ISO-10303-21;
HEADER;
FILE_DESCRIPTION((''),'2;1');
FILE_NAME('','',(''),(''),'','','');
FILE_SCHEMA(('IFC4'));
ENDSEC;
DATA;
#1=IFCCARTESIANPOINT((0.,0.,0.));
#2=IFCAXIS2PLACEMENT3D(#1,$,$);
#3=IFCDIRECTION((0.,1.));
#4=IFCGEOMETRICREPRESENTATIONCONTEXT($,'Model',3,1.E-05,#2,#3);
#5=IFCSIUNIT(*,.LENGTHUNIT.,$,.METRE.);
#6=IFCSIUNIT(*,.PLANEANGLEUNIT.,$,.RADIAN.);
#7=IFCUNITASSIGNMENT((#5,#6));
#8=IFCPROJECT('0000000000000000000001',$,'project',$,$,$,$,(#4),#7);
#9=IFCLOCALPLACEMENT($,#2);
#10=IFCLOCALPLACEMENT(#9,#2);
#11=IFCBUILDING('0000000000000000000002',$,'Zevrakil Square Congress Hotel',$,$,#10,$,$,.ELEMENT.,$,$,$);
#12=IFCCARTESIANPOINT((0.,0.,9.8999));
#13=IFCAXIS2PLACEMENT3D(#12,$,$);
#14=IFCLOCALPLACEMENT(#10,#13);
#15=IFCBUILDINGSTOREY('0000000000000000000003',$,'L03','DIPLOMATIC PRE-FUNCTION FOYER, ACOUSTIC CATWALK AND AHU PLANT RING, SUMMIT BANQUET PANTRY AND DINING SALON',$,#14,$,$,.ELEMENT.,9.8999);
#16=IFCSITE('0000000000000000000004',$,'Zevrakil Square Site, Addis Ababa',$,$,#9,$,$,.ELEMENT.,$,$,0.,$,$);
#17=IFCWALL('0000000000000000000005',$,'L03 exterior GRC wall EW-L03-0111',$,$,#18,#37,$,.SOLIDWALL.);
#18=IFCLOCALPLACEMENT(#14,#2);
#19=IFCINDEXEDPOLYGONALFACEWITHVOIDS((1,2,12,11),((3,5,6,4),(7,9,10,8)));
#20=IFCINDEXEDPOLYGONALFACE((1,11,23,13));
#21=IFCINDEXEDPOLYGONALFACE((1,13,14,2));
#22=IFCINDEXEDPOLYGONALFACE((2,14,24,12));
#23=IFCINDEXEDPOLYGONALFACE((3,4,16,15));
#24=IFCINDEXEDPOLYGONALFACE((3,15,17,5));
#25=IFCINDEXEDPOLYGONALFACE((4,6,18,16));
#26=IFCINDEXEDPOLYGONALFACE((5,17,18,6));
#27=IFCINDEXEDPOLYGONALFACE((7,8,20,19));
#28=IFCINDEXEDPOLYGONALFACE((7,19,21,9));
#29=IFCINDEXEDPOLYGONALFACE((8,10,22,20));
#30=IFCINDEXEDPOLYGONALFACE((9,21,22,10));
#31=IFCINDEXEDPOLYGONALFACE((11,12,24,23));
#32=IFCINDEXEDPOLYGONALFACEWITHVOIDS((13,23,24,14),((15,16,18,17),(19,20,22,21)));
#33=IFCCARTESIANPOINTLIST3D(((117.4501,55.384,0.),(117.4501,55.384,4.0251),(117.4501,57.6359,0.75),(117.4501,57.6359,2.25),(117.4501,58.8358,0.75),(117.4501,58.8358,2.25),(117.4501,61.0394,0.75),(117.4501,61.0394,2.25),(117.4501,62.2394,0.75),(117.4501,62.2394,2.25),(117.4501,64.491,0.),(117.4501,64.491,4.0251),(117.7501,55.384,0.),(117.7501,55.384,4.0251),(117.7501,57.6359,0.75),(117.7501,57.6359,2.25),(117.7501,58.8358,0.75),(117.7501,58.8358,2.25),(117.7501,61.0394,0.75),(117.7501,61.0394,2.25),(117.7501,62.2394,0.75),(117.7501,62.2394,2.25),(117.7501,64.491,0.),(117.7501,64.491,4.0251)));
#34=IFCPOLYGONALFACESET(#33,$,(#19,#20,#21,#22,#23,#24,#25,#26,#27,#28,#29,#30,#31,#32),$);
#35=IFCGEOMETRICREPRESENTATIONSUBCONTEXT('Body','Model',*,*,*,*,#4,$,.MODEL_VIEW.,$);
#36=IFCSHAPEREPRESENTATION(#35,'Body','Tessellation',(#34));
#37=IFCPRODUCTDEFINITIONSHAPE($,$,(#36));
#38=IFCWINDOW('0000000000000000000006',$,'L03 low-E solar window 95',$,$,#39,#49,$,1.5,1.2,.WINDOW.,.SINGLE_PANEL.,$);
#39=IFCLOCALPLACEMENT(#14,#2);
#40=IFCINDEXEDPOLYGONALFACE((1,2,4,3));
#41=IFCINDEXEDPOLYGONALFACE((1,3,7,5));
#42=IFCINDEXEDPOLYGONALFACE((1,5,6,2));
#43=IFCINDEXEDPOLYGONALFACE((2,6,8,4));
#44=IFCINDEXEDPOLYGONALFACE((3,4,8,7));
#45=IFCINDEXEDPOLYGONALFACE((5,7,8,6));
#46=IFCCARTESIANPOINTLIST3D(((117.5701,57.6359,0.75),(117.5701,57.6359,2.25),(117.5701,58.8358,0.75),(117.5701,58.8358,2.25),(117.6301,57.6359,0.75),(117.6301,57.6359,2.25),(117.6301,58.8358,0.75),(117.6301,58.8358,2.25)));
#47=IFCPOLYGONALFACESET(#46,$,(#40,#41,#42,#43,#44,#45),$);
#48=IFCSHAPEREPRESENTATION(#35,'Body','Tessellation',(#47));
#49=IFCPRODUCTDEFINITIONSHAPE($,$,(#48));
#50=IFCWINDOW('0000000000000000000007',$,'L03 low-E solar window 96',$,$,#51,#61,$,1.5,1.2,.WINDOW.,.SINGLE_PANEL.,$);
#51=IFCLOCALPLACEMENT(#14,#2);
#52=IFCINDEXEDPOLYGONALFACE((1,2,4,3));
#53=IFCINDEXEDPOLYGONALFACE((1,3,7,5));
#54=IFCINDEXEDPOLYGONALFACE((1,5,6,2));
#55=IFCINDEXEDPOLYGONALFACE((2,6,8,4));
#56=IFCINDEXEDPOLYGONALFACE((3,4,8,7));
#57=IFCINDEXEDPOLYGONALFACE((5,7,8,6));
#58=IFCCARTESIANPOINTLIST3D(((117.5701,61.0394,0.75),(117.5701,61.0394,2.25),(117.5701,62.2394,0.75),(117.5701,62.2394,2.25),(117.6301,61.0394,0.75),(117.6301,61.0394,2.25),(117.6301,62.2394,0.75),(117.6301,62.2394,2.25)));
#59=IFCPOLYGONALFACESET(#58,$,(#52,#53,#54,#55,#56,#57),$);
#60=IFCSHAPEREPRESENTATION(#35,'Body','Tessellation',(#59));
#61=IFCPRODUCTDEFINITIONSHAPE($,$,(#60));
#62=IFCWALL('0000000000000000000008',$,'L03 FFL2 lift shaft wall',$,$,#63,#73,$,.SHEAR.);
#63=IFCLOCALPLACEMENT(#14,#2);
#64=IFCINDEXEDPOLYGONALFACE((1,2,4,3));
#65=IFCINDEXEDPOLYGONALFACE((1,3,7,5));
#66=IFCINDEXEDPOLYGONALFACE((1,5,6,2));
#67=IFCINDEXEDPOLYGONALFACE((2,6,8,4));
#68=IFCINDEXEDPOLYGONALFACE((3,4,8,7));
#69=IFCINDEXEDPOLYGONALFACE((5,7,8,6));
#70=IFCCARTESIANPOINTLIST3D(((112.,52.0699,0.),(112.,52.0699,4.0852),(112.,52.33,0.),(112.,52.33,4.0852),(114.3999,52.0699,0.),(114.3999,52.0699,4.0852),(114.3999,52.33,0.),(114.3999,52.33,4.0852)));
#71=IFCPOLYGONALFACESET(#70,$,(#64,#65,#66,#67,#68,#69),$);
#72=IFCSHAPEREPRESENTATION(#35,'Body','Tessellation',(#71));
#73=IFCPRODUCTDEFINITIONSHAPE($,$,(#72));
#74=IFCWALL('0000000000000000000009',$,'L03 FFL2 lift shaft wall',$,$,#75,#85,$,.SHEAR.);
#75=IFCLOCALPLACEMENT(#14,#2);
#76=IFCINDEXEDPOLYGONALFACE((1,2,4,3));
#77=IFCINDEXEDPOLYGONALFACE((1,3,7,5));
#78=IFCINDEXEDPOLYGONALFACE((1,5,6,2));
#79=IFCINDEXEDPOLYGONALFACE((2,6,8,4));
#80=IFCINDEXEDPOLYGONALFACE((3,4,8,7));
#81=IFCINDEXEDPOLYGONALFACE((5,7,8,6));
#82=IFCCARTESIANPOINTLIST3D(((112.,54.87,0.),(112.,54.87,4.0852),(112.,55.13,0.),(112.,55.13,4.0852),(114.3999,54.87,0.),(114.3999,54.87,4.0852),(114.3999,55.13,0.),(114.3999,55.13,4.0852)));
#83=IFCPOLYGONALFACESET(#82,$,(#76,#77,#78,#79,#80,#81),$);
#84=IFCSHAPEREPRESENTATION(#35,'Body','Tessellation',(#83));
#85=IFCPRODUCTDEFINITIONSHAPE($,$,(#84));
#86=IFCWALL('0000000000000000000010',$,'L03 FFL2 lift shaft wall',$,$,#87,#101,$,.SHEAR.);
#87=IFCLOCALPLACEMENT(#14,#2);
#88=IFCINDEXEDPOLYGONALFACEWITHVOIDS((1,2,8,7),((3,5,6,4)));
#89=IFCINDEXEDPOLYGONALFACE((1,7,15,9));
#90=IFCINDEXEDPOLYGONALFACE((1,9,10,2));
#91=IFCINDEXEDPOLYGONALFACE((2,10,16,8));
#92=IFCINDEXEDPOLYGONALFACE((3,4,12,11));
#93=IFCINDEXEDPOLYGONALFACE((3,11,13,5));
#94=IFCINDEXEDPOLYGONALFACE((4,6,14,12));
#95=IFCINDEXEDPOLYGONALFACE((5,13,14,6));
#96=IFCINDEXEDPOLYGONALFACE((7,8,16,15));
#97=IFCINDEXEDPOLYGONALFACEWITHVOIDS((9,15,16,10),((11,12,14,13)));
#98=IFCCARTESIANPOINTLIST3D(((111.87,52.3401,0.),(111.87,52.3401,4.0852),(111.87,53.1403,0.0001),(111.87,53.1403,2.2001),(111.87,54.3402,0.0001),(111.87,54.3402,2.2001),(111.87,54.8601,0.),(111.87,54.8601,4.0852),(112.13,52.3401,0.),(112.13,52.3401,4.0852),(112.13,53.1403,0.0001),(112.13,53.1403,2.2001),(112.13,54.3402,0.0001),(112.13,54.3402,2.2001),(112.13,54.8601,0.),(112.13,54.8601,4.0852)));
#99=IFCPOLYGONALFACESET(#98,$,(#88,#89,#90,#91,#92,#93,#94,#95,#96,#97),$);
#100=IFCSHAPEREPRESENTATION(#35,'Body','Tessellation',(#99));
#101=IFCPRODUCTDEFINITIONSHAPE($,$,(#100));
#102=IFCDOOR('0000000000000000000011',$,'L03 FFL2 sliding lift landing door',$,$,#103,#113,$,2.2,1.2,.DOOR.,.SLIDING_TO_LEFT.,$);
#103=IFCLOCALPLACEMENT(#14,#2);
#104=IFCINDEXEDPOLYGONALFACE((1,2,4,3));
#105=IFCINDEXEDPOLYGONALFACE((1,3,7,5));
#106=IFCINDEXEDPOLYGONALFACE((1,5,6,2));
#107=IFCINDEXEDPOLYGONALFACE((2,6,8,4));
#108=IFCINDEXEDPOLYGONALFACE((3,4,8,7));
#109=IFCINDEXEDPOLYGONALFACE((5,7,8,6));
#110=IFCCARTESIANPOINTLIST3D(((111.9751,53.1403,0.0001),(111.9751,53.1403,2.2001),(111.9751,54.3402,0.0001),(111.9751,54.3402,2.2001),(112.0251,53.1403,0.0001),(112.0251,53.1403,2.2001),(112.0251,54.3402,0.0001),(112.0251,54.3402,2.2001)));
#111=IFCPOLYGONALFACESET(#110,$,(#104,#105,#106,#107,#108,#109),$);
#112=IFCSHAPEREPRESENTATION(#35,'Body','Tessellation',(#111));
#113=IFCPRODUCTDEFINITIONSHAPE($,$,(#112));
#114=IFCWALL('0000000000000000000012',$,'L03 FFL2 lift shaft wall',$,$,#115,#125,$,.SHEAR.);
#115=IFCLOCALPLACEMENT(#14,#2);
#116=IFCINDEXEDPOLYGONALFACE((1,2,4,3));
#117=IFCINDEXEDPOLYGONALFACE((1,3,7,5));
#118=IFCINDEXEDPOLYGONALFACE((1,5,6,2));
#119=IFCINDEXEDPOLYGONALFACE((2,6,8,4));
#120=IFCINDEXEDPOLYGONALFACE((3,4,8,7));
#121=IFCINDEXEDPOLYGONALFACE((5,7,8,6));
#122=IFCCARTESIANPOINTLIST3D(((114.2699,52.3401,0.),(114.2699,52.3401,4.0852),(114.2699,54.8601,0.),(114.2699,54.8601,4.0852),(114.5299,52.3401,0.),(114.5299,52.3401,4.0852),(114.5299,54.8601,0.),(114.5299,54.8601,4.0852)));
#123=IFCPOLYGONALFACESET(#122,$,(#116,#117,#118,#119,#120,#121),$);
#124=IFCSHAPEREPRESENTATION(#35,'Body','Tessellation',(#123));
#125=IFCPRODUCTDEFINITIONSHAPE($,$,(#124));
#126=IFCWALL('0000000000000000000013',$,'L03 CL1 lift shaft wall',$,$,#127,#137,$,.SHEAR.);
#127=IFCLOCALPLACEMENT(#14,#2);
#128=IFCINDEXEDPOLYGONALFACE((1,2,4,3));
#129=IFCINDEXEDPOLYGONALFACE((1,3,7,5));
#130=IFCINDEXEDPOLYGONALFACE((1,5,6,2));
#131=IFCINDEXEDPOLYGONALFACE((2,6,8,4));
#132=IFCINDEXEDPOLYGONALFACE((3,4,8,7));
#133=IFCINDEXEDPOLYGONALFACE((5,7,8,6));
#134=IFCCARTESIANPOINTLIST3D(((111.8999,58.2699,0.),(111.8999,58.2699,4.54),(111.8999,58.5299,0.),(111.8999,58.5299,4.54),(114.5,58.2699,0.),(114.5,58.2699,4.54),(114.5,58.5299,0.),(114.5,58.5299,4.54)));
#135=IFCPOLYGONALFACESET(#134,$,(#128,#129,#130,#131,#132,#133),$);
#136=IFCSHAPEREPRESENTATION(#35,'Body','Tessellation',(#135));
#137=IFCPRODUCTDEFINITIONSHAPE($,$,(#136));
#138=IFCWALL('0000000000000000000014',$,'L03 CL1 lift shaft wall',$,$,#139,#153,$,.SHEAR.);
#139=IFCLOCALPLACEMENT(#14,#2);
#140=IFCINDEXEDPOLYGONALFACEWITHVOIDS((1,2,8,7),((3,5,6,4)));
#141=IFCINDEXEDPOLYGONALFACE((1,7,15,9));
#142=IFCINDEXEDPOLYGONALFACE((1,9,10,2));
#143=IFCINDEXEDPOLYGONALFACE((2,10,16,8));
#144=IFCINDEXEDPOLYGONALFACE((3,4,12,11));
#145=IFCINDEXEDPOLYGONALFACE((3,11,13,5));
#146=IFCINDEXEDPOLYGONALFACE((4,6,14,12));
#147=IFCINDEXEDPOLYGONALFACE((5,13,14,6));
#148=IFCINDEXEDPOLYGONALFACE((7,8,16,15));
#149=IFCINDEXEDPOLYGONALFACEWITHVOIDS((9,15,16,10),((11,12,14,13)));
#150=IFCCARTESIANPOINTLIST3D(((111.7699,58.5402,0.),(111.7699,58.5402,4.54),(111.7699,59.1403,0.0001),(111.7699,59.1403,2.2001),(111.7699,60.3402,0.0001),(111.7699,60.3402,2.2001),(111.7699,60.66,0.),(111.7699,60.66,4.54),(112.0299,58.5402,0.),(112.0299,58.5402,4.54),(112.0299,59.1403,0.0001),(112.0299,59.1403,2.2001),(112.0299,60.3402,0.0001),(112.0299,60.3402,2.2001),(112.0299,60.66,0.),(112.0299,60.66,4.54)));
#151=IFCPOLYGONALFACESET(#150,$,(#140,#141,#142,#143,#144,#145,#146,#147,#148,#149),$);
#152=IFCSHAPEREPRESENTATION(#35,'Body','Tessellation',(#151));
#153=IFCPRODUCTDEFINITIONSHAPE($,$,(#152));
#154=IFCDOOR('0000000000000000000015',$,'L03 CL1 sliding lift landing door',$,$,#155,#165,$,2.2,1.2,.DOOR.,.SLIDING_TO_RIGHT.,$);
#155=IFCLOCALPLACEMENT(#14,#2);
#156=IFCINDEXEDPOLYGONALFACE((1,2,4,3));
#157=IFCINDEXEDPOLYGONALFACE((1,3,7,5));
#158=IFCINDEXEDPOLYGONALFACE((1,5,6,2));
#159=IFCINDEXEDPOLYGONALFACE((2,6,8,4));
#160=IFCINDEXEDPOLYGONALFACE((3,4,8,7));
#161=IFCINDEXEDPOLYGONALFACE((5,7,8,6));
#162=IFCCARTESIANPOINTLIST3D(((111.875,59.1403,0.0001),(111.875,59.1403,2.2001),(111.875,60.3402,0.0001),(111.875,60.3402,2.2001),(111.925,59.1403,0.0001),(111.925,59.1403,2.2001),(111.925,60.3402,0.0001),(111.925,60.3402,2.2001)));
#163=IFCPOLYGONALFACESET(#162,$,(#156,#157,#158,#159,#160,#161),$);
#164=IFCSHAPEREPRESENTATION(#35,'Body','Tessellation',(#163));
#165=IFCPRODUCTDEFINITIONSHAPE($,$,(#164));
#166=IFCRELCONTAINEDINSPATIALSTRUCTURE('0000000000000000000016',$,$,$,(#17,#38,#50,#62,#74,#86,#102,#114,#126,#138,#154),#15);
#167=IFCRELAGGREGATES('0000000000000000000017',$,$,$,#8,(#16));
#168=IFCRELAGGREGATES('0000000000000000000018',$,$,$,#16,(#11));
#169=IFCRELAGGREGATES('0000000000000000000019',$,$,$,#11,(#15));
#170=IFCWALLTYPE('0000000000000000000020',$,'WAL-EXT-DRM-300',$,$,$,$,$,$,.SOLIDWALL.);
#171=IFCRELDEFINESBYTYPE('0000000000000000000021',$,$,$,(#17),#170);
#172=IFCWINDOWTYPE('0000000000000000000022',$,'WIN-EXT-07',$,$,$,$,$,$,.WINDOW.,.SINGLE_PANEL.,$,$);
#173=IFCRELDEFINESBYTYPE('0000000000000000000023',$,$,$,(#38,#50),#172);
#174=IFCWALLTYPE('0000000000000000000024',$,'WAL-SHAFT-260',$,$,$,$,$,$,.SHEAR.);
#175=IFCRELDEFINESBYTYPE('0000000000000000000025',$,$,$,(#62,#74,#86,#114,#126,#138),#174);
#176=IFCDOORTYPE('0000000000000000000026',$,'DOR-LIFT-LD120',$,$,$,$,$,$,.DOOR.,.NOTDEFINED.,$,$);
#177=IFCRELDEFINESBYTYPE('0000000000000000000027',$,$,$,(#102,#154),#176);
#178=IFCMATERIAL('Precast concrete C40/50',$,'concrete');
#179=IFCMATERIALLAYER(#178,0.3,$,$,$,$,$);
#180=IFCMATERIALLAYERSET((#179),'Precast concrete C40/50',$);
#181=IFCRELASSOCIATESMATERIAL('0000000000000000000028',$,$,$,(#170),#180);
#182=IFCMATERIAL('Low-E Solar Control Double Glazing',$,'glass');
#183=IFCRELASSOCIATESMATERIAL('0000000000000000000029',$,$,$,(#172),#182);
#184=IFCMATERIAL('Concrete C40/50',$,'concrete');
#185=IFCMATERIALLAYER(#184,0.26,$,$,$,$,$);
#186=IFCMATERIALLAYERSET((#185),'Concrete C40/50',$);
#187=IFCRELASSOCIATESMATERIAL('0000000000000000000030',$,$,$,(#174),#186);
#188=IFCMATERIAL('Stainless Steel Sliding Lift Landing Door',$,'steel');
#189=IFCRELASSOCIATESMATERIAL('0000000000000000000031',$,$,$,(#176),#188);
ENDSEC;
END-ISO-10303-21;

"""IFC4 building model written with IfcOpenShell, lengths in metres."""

from ifc_helpers import new_model, si_unit, direction, frame, frame_2d, origin, place, context, subcontext, project, spatial, rectangle, extrude, material, layer, layer_set, type_object, element, fill, save


model = new_model("IFC4")

# Units and contexts
model_context = context("Model", 3, precision=1e-05, world=origin(), true_north=direction((0.0, 1.0)))
body_context = subcontext(model_context, "Body", "Model", "MODEL_VIEW")
ifc_project = project(units=[si_unit("LENGTHUNIT", "METRE"), si_unit("PLANEANGLEUNIT", "RADIAN")], contexts=[model_context])

# Site, building, storey
site_placement = place(None, origin())
site = spatial("IfcSite", under=ifc_project, at=site_placement, Name="Zevrakil Square Site, Addis Ababa", CompositionType="ELEMENT", RefElevation=0.0)
building_placement = place(site_placement, origin())
building = spatial("IfcBuilding", under=site, at=building_placement, Name="Zevrakil Square Congress Hotel", CompositionType="ELEMENT")
storey_placement = place(building_placement, frame((0.0, 0.0, 9.8999)))
storey = spatial("IfcBuildingStorey", under=building, at=storey_placement, Name="L03", Description="DIPLOMATIC PRE-FUNCTION FOYER, ACOUSTIC CATWALK AND AHU PLANT RING, SUMMIT BANQUET PANTRY AND DINING SALON", CompositionType="ELEMENT", Elevation=9.8999)

# Wall, openings, windows
ifc_material_1 = material(Name="Precast concrete C40/50", Category="concrete")
ifc_layer_1 = layer(ifc_material_1, 0.3)
ifc_layer_set_1 = layer_set([ifc_layer_1], Name="Precast concrete C40/50")
wall_type_1 = type_object("IfcWallType", Name="WAL-EXT-DRM-300", PredefinedType="SOLIDWALL", material=ifc_layer_set_1)
wall_1_placement = place(storey_placement, frame((117.6001, 55.384, 0.0), z_axis=(0.0, 0.0, 1.0), x_axis=(0.0, 1.0, 0.0)))
wall_1 = element("IfcWall", 1, at=wall_1_placement, inside=storey, type_object=wall_type_1, Name="L03 exterior GRC wall EW-L03-0111", PredefinedType="SOLIDWALL", context=body_context, shape_type="SweptSolid", body=[
    extrude(rectangle(XDim=9.1069, YDim=0.3, at=frame_2d((4.5535, 0.0))), origin(), (0.0, 0.0, 1.0), 4.0251),
])
opening_1_placement = place(wall_1_placement, frame((2.2517, 0.0, 0.75)))
opening_1 = element("IfcOpeningElement", 2, at=opening_1_placement, cuts=wall_1, PredefinedType="OPENING", context=body_context, shape_type="SweptSolid", body=[
    extrude(rectangle(XDim=1.2, YDim=1.5, at=frame_2d((0.6001, 0.75))), frame((0.0, 0.1602, 0.0), z_axis=(0.0, -1.0, 0.0), x_axis=(1.0, 0.0, 0.0)), (0.0, 0.0, 1.0), 0.3201),
])
opening_2_placement = place(wall_1_placement, frame((5.6553, 0.0, 0.75)))
opening_2 = element("IfcOpeningElement", 3, at=opening_2_placement, cuts=wall_1, PredefinedType="OPENING", context=body_context, shape_type="SweptSolid", body=[
    extrude(rectangle(XDim=1.2, YDim=1.5, at=frame_2d((0.6001, 0.75))), frame((0.0, 0.1602, 0.0), z_axis=(0.0, -1.0, 0.0), x_axis=(1.0, 0.0, 0.0)), (0.0, 0.0, 1.0), 0.3201),
])
ifc_material_2 = material(Name="Low-E Solar Control Double Glazing", Category="glass")
window_type = type_object("IfcWindowType", Name="WIN-EXT-07", PartitioningType="SINGLE_PANEL", PredefinedType="WINDOW", material=ifc_material_2)
window_1_placement = place(opening_1_placement, origin())
window_1 = element("IfcWindow", 4, at=window_1_placement, inside=storey, type_object=window_type, Name="L03 low-E solar window 95", OverallHeight=1.5, OverallWidth=1.2, PartitioningType="SINGLE_PANEL", PredefinedType="WINDOW", context=body_context, shape_type="SweptSolid", body=[
    extrude(rectangle(XDim=1.2, YDim=1.5, at=frame_2d((0.6001, 0.75))), frame((0.0, 0.03, 0.0), z_axis=(0.0, -1.0, 0.0), x_axis=(1.0, 0.0, 0.0)), (0.0, 0.0, 1.0), 0.0601),
])
fill(opening_1, window_1)
window_2_placement = place(opening_2_placement, origin())
window_2 = element("IfcWindow", 5, at=window_2_placement, inside=storey, type_object=window_type, Name="L03 low-E solar window 96", OverallHeight=1.5, OverallWidth=1.2, PartitioningType="SINGLE_PANEL", PredefinedType="WINDOW", context=body_context, shape_type="SweptSolid", body=[
    extrude(rectangle(XDim=1.2, YDim=1.5, at=frame_2d((0.6001, 0.75))), frame((0.0, 0.03, 0.0), z_axis=(0.0, -1.0, 0.0), x_axis=(1.0, 0.0, 0.0)), (0.0, 0.0, 1.0), 0.0601),
])
fill(opening_2, window_2)

# Walls
ifc_material_3 = material(Name="Concrete C40/50", Category="concrete")
ifc_layer_2 = layer(ifc_material_3, 0.26)
ifc_layer_set_2 = layer_set([ifc_layer_2], Name="Concrete C40/50")
wall_type_2 = type_object("IfcWallType", Name="WAL-SHAFT-260", PredefinedType="SHEAR", material=ifc_layer_set_2)
for number, where, z_axis, x_axis, name in (
    (6, (112.0, 52.2, 0.0), (0.0, 0.0, 1.0), (1.0, 0.0, 0.0), "L03 FFL2 lift shaft wall"),
    (7, (112.0, 55.0, 0.0), (0.0, 0.0, 1.0), (1.0, 0.0, 0.0), "L03 FFL2 lift shaft wall"),
):
    element("IfcWall", number, at=place(storey_placement, frame(where, z_axis=z_axis, x_axis=x_axis)), inside=storey, type_object=wall_type_2, Name=name, PredefinedType="SHEAR", context=body_context, shape_type="SweptSolid", body=[
        extrude(rectangle(XDim=2.3999, YDim=0.26, at=frame_2d((1.2, 0.0))), origin(), (0.0, 0.0, 1.0), 4.0852),
    ])

# Wall, opening, door
wall_2_placement = place(storey_placement, frame((112.0, 52.3401, 0.0), z_axis=(0.0, 0.0, 1.0), x_axis=(0.0, 1.0, 0.0)))
wall_2 = element("IfcWall", 8, at=wall_2_placement, inside=storey, type_object=wall_type_2, Name="L03 FFL2 lift shaft wall", PredefinedType="SHEAR", context=body_context, shape_type="SweptSolid", body=[
    extrude(rectangle(XDim=2.52, YDim=0.26, at=frame_2d((1.26, 0.0))), origin(), (0.0, 0.0, 1.0), 4.0852),
])
opening_3_placement = place(wall_2_placement, frame((0.8, 0.0, 0.0)))
opening_3 = element("IfcOpeningElement", 9, at=opening_3_placement, cuts=wall_2, PredefinedType="OPENING", context=body_context, shape_type="SweptSolid", body=[
    extrude(rectangle(XDim=1.2, YDim=2.2, at=frame_2d((0.6001, 1.1001))), frame((0.0, 0.1401, 0.0), z_axis=(0.0, -1.0, 0.0), x_axis=(1.0, 0.0, 0.0)), (0.0, 0.0, 1.0), 0.28),
])
ifc_material_4 = material(Name="Stainless Steel Sliding Lift Landing Door", Category="steel")
door_type = type_object("IfcDoorType", Name="DOR-LIFT-LD120", OperationType="NOTDEFINED", PredefinedType="DOOR", material=ifc_material_4)
door_1_placement = place(opening_3_placement, origin())
door_1 = element("IfcDoor", 10, at=door_1_placement, inside=storey, type_object=door_type, Name="L03 FFL2 sliding lift landing door", OperationType="SLIDING_TO_LEFT", OverallHeight=2.2, OverallWidth=1.2, PredefinedType="DOOR", context=body_context, shape_type="SweptSolid", body=[
    extrude(rectangle(XDim=1.2, YDim=2.2, at=frame_2d((0.6001, 1.1001))), frame((0.0, 0.0249, 0.0), z_axis=(0.0, -1.0, 0.0), x_axis=(1.0, 0.0, 0.0)), (0.0, 0.0, 1.0), 0.05),
])
fill(opening_3, door_1)

# Walls
wall_3_placement = place(storey_placement, frame((114.3999, 52.3401, 0.0), z_axis=(0.0, 0.0, 1.0), x_axis=(0.0, 1.0, 0.0)))
element("IfcWall", 11, at=wall_3_placement, inside=storey, type_object=wall_type_2, Name="L03 FFL2 lift shaft wall", PredefinedType="SHEAR", context=body_context, shape_type="SweptSolid", body=[
    extrude(rectangle(XDim=2.52, YDim=0.26, at=frame_2d((1.26, 0.0))), origin(), (0.0, 0.0, 1.0), 4.0852),
])
wall_4_placement = place(storey_placement, frame((111.8999, 58.3999, 0.0), z_axis=(0.0, 0.0, 1.0), x_axis=(1.0, 0.0, 0.0)))
element("IfcWall", 12, at=wall_4_placement, inside=storey, type_object=wall_type_2, Name="L03 CL1 lift shaft wall", PredefinedType="SHEAR", context=body_context, shape_type="SweptSolid", body=[
    extrude(rectangle(XDim=2.6001, YDim=0.26, at=frame_2d((1.3, 0.0))), origin(), (0.0, 0.0, 1.0), 4.54),
])

# Wall, opening, door
wall_5_placement = place(storey_placement, frame((111.8999, 58.54, 0.0), z_axis=(0.0, 0.0, 1.0), x_axis=(0.0, 1.0, 0.0)))
wall_5 = element("IfcWall", 13, at=wall_5_placement, inside=storey, type_object=wall_type_2, Name="L03 CL1 lift shaft wall", PredefinedType="SHEAR", context=body_context, shape_type="SweptSolid", body=[
    extrude(rectangle(XDim=2.1199, YDim=0.26, at=frame_2d((1.0601, 0.0))), origin(), (0.0, 0.0, 1.0), 4.54),
])
opening_4_placement = place(wall_5_placement, frame((0.6001, 0.0, 0.0)))
opening_4 = element("IfcOpeningElement", 14, at=opening_4_placement, cuts=wall_5, PredefinedType="OPENING", context=body_context, shape_type="SweptSolid", body=[
    extrude(rectangle(XDim=1.2, YDim=2.2, at=frame_2d((0.6001, 1.1001))), frame((0.0, 0.1401, 0.0), z_axis=(0.0, -1.0, 0.0), x_axis=(1.0, 0.0, 0.0)), (0.0, 0.0, 1.0), 0.28),
])
door_2_placement = place(opening_4_placement, origin())
door_2 = element("IfcDoor", 15, at=door_2_placement, inside=storey, type_object=door_type, Name="L03 CL1 sliding lift landing door", OperationType="SLIDING_TO_RIGHT", OverallHeight=2.2, OverallWidth=1.2, PredefinedType="DOOR", context=body_context, shape_type="SweptSolid", body=[
    extrude(rectangle(XDim=1.2, YDim=2.2, at=frame_2d((0.6001, 1.1001))), frame((0.0, 0.0249, 0.0), z_axis=(0.0, -1.0, 0.0), x_axis=(1.0, 0.0, 0.0)), (0.0, 0.0, 1.0), 0.05),
])
fill(opening_4, door_2)

save(model, "model.ifc")
